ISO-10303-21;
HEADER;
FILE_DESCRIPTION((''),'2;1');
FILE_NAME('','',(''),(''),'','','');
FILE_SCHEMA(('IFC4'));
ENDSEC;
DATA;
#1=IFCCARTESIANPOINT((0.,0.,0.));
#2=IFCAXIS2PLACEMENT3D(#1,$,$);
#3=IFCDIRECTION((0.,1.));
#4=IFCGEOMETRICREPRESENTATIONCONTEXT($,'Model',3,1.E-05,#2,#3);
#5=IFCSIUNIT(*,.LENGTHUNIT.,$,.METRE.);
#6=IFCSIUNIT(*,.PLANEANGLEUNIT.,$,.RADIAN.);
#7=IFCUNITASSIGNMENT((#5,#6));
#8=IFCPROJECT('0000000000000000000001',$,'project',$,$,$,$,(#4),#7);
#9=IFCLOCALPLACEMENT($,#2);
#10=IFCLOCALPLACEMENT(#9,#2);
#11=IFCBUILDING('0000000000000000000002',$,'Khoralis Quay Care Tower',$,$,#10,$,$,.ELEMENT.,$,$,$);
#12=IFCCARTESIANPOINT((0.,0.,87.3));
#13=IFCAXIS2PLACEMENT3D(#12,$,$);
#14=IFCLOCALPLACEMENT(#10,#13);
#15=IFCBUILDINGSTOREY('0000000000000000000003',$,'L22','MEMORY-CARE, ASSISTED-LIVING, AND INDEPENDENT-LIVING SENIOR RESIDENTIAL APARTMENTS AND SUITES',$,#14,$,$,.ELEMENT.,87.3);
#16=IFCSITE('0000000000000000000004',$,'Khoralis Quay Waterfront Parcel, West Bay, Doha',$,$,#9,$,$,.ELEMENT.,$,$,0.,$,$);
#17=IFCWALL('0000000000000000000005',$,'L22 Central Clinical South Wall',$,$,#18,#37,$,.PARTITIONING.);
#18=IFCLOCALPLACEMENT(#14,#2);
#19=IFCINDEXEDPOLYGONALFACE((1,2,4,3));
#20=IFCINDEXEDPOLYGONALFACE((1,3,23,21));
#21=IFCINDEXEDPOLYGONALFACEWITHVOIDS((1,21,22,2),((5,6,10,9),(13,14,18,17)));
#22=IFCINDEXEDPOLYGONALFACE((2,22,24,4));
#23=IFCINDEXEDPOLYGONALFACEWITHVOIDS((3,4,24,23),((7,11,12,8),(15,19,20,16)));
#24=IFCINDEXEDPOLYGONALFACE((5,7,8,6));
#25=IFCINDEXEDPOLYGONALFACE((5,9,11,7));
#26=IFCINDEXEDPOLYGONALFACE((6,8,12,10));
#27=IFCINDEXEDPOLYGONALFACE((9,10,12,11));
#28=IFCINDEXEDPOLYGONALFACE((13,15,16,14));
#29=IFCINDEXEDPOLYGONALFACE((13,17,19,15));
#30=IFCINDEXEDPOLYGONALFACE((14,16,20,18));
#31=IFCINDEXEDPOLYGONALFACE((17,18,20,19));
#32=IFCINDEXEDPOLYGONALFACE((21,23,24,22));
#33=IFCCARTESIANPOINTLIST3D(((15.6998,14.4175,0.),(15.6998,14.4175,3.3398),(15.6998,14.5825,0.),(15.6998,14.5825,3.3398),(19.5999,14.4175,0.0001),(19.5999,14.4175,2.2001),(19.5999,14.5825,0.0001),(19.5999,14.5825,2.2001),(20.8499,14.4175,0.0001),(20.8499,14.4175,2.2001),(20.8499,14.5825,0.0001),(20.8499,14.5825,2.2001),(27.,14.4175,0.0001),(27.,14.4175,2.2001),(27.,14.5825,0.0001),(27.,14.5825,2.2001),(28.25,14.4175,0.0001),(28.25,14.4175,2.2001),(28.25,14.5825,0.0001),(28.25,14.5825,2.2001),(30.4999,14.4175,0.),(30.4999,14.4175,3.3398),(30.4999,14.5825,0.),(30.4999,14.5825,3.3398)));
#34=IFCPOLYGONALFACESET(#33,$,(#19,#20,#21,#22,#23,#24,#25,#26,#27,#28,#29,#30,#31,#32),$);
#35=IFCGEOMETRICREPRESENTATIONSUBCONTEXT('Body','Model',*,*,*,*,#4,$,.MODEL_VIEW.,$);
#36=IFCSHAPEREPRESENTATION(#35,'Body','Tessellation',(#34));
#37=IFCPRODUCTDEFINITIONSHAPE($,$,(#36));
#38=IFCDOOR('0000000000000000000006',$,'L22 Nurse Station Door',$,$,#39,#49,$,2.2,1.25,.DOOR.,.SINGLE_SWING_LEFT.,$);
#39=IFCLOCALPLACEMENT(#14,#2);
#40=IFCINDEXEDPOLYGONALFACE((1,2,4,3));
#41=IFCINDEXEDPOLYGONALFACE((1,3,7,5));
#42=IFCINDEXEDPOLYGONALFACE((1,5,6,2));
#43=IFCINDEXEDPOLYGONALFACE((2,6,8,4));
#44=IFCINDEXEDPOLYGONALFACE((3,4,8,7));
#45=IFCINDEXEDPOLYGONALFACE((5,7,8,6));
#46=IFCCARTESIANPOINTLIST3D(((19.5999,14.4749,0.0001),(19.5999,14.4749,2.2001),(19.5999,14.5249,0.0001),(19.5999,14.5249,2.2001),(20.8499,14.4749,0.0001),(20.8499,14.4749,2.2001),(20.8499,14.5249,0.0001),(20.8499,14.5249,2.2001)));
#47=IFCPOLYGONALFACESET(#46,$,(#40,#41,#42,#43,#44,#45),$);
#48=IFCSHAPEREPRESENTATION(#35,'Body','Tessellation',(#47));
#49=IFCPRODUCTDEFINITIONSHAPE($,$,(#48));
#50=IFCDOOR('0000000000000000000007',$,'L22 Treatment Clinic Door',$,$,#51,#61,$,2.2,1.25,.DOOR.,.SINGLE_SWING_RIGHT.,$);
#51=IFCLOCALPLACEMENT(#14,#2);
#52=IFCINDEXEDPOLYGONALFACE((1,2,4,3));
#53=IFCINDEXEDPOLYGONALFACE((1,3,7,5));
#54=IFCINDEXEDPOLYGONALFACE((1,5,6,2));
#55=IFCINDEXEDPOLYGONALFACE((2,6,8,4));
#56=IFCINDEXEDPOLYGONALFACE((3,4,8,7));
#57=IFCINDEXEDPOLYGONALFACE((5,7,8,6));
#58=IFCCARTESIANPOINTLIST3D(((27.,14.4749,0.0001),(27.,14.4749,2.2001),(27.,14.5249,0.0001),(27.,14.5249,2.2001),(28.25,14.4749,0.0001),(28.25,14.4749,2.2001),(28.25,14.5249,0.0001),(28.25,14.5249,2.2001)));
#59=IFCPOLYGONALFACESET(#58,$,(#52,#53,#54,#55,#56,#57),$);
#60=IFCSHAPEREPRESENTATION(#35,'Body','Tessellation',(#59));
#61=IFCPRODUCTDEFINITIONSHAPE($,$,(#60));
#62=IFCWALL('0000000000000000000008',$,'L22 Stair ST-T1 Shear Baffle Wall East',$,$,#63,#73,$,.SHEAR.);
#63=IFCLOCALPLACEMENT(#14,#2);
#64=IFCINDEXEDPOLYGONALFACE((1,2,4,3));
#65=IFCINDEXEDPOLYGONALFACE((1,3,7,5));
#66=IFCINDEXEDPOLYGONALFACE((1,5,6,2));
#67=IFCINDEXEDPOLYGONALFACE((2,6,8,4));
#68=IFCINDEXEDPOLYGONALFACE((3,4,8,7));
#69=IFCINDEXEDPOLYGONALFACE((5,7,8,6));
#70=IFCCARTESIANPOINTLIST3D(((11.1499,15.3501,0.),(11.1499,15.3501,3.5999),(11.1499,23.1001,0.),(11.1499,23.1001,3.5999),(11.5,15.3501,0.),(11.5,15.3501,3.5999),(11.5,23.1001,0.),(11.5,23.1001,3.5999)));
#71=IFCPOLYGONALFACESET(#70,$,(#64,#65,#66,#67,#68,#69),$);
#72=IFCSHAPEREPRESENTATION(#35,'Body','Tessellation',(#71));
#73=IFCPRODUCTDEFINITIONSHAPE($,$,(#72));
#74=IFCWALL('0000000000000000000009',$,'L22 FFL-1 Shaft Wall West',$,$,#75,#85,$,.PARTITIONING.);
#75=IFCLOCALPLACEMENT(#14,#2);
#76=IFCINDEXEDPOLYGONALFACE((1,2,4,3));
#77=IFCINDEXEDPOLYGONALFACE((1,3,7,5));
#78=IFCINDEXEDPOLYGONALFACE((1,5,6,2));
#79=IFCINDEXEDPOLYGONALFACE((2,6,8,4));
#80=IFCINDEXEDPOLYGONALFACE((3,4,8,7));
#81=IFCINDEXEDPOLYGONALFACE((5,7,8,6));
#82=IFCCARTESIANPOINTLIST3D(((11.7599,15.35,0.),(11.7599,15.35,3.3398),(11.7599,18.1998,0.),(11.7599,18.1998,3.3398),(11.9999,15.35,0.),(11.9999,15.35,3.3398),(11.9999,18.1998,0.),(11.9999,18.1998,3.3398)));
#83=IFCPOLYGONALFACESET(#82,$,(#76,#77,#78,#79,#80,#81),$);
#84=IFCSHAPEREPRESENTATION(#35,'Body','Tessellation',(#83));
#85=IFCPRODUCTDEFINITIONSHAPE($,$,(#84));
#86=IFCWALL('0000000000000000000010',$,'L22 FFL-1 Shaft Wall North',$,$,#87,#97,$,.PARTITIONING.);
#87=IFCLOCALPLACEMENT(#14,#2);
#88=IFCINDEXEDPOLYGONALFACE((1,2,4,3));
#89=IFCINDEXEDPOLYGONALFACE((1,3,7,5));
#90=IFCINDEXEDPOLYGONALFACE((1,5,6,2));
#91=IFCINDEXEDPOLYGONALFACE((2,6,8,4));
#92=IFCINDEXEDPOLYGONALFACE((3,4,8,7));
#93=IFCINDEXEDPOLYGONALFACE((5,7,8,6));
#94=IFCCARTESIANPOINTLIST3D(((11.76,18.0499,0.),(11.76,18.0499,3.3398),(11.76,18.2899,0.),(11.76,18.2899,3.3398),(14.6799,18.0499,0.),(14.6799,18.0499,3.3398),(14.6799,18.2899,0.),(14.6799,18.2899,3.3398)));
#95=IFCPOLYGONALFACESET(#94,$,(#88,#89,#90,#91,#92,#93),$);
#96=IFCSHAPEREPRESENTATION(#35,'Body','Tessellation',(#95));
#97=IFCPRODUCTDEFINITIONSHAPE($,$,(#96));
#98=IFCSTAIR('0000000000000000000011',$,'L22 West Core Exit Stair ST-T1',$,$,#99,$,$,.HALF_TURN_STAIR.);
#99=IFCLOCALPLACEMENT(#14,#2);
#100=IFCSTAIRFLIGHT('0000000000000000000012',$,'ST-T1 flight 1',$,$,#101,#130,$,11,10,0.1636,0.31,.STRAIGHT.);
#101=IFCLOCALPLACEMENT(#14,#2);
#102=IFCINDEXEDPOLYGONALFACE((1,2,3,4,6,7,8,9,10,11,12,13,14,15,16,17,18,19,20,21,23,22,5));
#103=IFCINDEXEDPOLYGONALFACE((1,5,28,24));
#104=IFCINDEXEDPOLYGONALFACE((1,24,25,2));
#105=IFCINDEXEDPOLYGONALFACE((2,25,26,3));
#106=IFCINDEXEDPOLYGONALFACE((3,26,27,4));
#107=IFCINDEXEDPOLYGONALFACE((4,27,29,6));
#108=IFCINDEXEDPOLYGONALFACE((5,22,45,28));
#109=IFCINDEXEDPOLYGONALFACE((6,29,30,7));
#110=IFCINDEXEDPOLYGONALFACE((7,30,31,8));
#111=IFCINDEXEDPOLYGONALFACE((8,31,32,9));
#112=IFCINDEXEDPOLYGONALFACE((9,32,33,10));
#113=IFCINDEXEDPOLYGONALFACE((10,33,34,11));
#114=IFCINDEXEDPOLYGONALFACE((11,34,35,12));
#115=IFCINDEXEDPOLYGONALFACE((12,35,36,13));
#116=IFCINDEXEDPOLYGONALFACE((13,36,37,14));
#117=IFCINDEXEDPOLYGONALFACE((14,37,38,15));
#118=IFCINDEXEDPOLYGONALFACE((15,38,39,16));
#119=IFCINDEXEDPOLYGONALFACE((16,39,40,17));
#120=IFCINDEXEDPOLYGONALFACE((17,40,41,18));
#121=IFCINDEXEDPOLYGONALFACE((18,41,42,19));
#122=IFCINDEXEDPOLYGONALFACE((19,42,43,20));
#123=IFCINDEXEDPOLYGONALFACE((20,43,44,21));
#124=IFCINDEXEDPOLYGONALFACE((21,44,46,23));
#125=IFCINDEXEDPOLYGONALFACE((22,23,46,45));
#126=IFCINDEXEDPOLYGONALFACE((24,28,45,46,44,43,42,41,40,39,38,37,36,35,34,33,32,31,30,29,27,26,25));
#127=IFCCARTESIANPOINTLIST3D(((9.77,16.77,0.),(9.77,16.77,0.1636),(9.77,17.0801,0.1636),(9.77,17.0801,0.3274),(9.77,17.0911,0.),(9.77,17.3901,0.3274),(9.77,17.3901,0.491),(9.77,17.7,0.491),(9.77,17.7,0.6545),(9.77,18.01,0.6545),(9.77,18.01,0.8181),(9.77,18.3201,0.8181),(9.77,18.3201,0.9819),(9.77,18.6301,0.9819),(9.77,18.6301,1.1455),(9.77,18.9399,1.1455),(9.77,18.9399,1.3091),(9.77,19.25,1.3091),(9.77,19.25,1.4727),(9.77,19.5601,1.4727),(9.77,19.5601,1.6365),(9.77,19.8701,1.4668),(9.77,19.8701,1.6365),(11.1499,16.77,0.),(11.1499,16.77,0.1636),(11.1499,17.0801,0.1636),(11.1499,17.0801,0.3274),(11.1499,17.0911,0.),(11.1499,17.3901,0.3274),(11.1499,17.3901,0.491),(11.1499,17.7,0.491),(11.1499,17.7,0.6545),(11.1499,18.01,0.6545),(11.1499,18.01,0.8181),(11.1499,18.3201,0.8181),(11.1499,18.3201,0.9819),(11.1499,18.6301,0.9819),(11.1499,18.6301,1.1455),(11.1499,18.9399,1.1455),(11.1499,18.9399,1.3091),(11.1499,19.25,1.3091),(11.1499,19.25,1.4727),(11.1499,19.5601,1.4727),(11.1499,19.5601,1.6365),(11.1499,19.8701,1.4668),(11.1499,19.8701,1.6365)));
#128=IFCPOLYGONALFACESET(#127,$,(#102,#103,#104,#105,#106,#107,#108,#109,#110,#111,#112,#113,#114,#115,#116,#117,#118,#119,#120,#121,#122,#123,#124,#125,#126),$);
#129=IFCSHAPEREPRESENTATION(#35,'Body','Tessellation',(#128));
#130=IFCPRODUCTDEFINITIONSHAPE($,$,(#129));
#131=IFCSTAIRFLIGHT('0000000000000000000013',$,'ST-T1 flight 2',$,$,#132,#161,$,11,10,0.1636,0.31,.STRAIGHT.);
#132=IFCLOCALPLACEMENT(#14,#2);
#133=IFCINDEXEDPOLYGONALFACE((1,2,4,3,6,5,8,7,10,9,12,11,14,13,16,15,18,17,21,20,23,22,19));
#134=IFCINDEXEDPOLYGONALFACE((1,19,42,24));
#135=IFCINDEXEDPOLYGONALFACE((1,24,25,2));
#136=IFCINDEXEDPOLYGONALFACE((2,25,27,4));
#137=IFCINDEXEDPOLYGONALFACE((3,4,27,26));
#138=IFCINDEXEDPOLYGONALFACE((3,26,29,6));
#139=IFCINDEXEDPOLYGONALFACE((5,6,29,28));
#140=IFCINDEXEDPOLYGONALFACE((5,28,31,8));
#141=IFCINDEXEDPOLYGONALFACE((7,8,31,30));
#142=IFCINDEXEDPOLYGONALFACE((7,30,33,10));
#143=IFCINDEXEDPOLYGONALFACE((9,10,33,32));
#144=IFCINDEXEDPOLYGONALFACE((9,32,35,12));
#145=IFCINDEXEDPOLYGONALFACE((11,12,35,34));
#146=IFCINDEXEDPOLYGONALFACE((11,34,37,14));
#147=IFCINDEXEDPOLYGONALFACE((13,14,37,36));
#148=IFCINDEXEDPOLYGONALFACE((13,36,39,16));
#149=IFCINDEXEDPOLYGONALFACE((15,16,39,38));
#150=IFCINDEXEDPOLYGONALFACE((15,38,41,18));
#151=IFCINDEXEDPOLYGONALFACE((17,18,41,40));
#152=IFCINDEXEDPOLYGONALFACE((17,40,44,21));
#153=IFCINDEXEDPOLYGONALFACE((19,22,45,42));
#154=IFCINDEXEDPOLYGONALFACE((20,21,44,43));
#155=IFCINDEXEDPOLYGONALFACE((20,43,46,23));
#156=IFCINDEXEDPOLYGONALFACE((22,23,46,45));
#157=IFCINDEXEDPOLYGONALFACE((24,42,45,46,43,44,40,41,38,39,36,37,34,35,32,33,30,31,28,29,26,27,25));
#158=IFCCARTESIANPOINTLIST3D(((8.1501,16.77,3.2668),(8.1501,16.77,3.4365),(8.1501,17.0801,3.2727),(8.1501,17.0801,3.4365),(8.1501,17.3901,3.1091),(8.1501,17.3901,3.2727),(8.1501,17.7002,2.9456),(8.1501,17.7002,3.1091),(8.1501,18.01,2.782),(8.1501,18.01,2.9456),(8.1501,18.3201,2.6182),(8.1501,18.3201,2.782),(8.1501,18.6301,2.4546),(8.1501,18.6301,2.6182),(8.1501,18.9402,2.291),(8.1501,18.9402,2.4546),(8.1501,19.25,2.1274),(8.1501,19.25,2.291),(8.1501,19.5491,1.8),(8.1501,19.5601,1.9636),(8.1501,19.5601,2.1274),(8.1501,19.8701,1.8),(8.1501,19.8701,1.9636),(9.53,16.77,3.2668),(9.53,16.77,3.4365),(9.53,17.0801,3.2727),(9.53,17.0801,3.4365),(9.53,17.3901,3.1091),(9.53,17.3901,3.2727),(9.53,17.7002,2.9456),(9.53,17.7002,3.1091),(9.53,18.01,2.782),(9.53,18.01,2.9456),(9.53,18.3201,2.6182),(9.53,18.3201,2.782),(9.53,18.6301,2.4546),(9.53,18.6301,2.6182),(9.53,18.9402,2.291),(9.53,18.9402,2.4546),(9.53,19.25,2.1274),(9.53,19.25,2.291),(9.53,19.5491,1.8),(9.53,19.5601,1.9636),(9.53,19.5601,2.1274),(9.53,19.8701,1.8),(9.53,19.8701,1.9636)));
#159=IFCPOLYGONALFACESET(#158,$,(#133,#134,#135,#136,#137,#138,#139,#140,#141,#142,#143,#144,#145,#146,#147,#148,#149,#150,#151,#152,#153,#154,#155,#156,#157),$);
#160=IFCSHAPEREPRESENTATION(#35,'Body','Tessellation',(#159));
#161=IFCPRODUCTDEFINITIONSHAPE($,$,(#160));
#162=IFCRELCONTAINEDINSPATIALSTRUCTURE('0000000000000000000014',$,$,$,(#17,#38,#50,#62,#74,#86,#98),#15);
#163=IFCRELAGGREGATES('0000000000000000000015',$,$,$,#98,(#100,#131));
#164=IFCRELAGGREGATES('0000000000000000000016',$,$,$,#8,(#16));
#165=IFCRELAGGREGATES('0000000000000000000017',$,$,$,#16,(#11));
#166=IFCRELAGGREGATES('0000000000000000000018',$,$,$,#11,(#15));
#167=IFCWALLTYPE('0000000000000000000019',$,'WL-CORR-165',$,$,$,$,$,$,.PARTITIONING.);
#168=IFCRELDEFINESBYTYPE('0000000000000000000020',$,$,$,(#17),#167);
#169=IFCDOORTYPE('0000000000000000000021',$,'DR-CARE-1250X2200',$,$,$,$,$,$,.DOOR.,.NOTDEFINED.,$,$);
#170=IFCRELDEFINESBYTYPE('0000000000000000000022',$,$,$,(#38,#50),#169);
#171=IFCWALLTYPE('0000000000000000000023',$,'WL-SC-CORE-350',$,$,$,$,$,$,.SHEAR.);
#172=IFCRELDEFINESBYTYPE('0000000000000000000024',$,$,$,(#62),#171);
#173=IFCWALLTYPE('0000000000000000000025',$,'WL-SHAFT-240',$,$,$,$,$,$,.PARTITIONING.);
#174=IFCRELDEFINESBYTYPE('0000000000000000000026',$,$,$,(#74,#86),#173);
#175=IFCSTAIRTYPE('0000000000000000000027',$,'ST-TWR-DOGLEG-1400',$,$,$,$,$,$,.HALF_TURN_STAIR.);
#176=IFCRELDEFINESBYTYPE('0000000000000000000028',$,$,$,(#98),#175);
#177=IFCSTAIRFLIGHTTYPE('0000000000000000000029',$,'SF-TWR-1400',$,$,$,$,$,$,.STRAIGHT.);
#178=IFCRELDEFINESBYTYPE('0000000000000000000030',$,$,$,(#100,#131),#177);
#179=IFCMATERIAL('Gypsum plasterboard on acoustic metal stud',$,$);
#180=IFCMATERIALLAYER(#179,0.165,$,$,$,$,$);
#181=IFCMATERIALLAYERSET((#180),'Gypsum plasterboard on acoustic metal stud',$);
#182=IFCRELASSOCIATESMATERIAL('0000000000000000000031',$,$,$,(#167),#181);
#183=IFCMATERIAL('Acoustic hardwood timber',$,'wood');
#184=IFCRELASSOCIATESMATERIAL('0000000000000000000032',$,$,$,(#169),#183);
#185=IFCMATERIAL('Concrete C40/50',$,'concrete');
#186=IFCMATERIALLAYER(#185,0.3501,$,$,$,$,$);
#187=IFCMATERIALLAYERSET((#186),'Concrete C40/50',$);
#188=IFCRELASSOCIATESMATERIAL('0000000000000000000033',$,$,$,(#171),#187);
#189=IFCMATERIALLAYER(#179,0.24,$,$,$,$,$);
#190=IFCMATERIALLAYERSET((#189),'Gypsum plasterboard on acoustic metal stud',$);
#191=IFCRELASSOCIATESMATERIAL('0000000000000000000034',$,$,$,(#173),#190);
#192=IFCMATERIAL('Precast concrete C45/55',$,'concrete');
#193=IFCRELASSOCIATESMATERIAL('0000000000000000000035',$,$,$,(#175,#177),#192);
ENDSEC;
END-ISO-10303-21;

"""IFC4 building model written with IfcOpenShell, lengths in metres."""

from ifc_helpers import new_model, si_unit, direction, frame, frame_2d, origin, place, context, subcontext, project, spatial, polyline, rectangle, outline, extrude, source, transform, mapped, material, layer, layer_set, type_object, element, fill, aggregate, save


model = new_model("IFC4")

# Units and contexts
model_context = context("Model", 3, precision=1e-05, world=origin(), true_north=direction((0.0, 1.0)))
body_context = subcontext(model_context, "Body", "Model", "MODEL_VIEW")
ifc_project = project(units=[si_unit("LENGTHUNIT", "METRE"), si_unit("PLANEANGLEUNIT", "RADIAN")], contexts=[model_context])

# Site, building, storey
site_placement = place(None, origin())
site = spatial("IfcSite", under=ifc_project, at=site_placement, Name="Khoralis Quay Waterfront Parcel, West Bay, Doha", CompositionType="ELEMENT", RefElevation=0.0)
building_placement = place(site_placement, origin())
building = spatial("IfcBuilding", under=site, at=building_placement, Name="Khoralis Quay Care Tower", CompositionType="ELEMENT")
storey_placement = place(building_placement, frame((0.0, 0.0, 87.3)))
storey = spatial("IfcBuildingStorey", under=building, at=storey_placement, Name="L22", Description="MEMORY-CARE, ASSISTED-LIVING, AND INDEPENDENT-LIVING SENIOR RESIDENTIAL APARTMENTS AND SUITES", CompositionType="ELEMENT", Elevation=87.3)

# Shared definitions
ifc_material_1 = material(Name="Gypsum plasterboard on acoustic metal stud")

# Wall, openings, doors
ifc_layer_1 = layer(ifc_material_1, 0.165)
ifc_layer_set_1 = layer_set([ifc_layer_1], Name="Gypsum plasterboard on acoustic metal stud")
wall_type_1 = type_object("IfcWallType", Name="WL-CORR-165", PredefinedType="PARTITIONING", material=ifc_layer_set_1)
wall_1_placement = place(storey_placement, frame((15.7, 14.5, 0.0), z_axis=(0.0, 0.0, 1.0), x_axis=(1.0, 0.0, 0.0)))
wall_1 = element("IfcWall", 1, at=wall_1_placement, inside=storey, type_object=wall_type_1, Name="L22 Central Clinical South Wall", PredefinedType="PARTITIONING", context=body_context, shape_type="SweptSolid", body=[
    extrude(rectangle(XDim=14.8, YDim=0.165, at=frame_2d((7.3999, 0.0))), origin(), (0.0, 0.0, 1.0), 3.3398),
])
opening_1_placement = place(wall_1_placement, frame((3.8999, 0.0, 0.0)))
opening_1 = element("IfcOpeningElement", 2, at=opening_1_placement, cuts=wall_1, PredefinedType="OPENING", context=body_context, shape_type="SweptSolid", body=[
    extrude(rectangle(XDim=1.25, YDim=2.2, at=frame_2d((0.625, 1.1001))), frame((0.0, 0.0925, 0.0), z_axis=(0.0, -1.0, 0.0), x_axis=(1.0, 0.0, 0.0)), (0.0, 0.0, 1.0), 0.1851),
])
opening_2_placement = place(wall_1_placement, frame((11.3, 0.0, 0.0)))
opening_2 = element("IfcOpeningElement", 3, at=opening_2_placement, cuts=wall_1, PredefinedType="OPENING", context=body_context, shape_type="SweptSolid", body=[
    extrude(rectangle(XDim=1.25, YDim=2.2, at=frame_2d((0.625, 1.1001))), frame((0.0, 0.0925, 0.0), z_axis=(0.0, -1.0, 0.0), x_axis=(1.0, 0.0, 0.0)), (0.0, 0.0, 1.0), 0.1851),
])
ifc_material_2 = material(Name="Acoustic hardwood timber", Category="wood")
door_type_1 = type_object("IfcDoorType", Name="DR-CARE-1250X2200", OperationType="NOTDEFINED", PredefinedType="DOOR", material=ifc_material_2)
shared_shape_1 = source(origin(), body_context, "Body", "SweptSolid", [
    extrude(rectangle(XDim=1.25, YDim=2.2, at=frame_2d((0.625, 1.1001))), frame((0.0, 0.0249, 0.0), z_axis=(0.0, -1.0, 0.0), x_axis=(1.0, 0.0, 0.0)), (0.0, 0.0, 1.0), 0.05),
])
door_1_placement = place(opening_1_placement, origin())
door_1 = element("IfcDoor", 4, at=door_1_placement, inside=storey, type_object=door_type_1, Name="L22 Nurse Station Door", OperationType="SINGLE_SWING_LEFT", OverallHeight=2.2, OverallWidth=1.25, PredefinedType="DOOR", context=body_context, shape_type="MappedRepresentation", body=[
    mapped(shared_shape_1, transform((0.0, 0.0, 0.0), scale=1.0)),
])
fill(opening_1, door_1)
door_2_placement = place(opening_2_placement, origin())
door_2 = element("IfcDoor", 5, at=door_2_placement, inside=storey, type_object=door_type_1, Name="L22 Treatment Clinic Door", OperationType="SINGLE_SWING_RIGHT", OverallHeight=2.2, OverallWidth=1.25, PredefinedType="DOOR", context=body_context, shape_type="MappedRepresentation", body=[
    mapped(shared_shape_1, transform((0.0, 0.0, 0.0), scale=1.0)),
])
fill(opening_2, door_2)

# Walls
ifc_material_3 = material(Name="Concrete C40/50", Category="concrete")
ifc_layer_2 = layer(ifc_material_3, 0.3501)
ifc_layer_set_2 = layer_set([ifc_layer_2], Name="Concrete C40/50")
wall_type_2 = type_object("IfcWallType", Name="WL-SC-CORE-350", PredefinedType="SHEAR", material=ifc_layer_set_2)
wall_2_placement = place(storey_placement, frame((11.325, 15.3501, 0.0), z_axis=(0.0, 0.0, 1.0), x_axis=(0.0, 1.0, 0.0)))
element("IfcWall", 6, at=wall_2_placement, inside=storey, type_object=wall_type_2, Name="L22 Stair ST-T1 Shear Baffle Wall East", PredefinedType="SHEAR", context=body_context, shape_type="SweptSolid", body=[
    extrude(rectangle(XDim=7.75, YDim=0.3501, at=frame_2d((3.875, 0.0))), origin(), (0.0, 0.0, 1.0), 3.5999),
])
ifc_layer_3 = layer(ifc_material_1, 0.24)
ifc_layer_set_3 = layer_set([ifc_layer_3], Name="Gypsum plasterboard on acoustic metal stud")
wall_type_3 = type_object("IfcWallType", Name="WL-SHAFT-240", PredefinedType="PARTITIONING", material=ifc_layer_set_3)
wall_3_placement = place(storey_placement, frame((11.8799, 15.3501, 0.0), z_axis=(0.0, 0.0, 1.0), x_axis=(0.0, 1.0, 0.0)))
element("IfcWall", 7, at=wall_3_placement, inside=storey, type_object=wall_type_3, Name="L22 FFL-1 Shaft Wall West", PredefinedType="PARTITIONING", context=body_context, shape_type="SweptSolid", body=[
    extrude(rectangle(XDim=2.8499, YDim=0.24, at=frame_2d((1.4248, 0.0))), origin(), (0.0, 0.0, 1.0), 3.3398),
])
wall_4_placement = place(storey_placement, frame((11.76, 18.1699, 0.0), z_axis=(0.0, 0.0, 1.0), x_axis=(1.0, 0.0, 0.0)))
element("IfcWall", 8, at=wall_4_placement, inside=storey, type_object=wall_type_3, Name="L22 FFL-1 Shaft Wall North", PredefinedType="PARTITIONING", context=body_context, shape_type="SweptSolid", body=[
    extrude(rectangle(XDim=2.9199, YDim=0.24, at=frame_2d((1.46, 0.0))), origin(), (0.0, 0.0, 1.0), 3.3398),
])

# Stair, stair flights
ifc_material_4 = material(Name="Precast concrete C45/55", Category="concrete")
stair_type = type_object("IfcStairType", Name="ST-TWR-DOGLEG-1400", PredefinedType="HALF_TURN_STAIR", material=ifc_material_4)
stair_placement = place(storey_placement, origin())
stair = element("IfcStair", 9, at=stair_placement, inside=storey, type_object=stair_type, Name="L22 West Core Exit Stair ST-T1", PredefinedType="HALF_TURN_STAIR")
stair_flight_type = type_object("IfcStairFlightType", Name="SF-TWR-1400", PredefinedType="STRAIGHT", material=ifc_material_4)
shared_shape_2 = source(origin(), body_context, "Body", "SweptSolid", [
    extrude(outline(polyline([(0.0, 0.0), (0.0, 0.1636), (0.3101, 0.1636), (0.3101, 0.3274), (0.6201, 0.3274), (0.6201, 0.491), (0.9299, 0.491), (0.9299, 0.6545), (1.24, 0.6545), (1.24, 0.8181), (1.55, 0.8181), (1.55, 0.9819), (1.8601, 0.9819), (1.8601, 1.1455), (2.1699, 1.1455), (2.1699, 1.3091), (2.48, 1.3091), (2.48, 1.4727), (2.79, 1.4727), (2.79, 1.6365), (3.1001, 1.6365), (3.1001, 1.8), (3.1001, 1.4668), (0.321, 0.0), (0.0, 0.0)])), frame((0.0, 0.6899, 0.0), z_axis=(0.0, -1.0, 0.0), x_axis=(1.0, 0.0, 0.0)), (0.0, 0.0, 1.0), 1.3799),
])
stair_flight_1_placement = place(storey_placement, frame((10.46, 16.77, 0.0), z_axis=(0.0, 0.0, 1.0), x_axis=(0.0, 1.0, 0.0)))
stair_flight_1 = element("IfcStairFlight", 10, at=stair_flight_1_placement, type_object=stair_flight_type, Name="ST-T1 flight 1", NumberOfRisers=11, NumberOfTreads=10, PredefinedType="STRAIGHT", RiserHeight=0.1636, TreadLength=0.31, context=body_context, shape_type="MappedRepresentation", body=[
    mapped(shared_shape_2, transform((0.0, 0.0, 0.0), scale=1.0)),
])
stair_flight_2_placement = place(storey_placement, frame((8.8401, 19.8701, 1.8), z_axis=(0.0, 0.0, 1.0), x_axis=(0.0, -1.0, 0.0)))
stair_flight_2 = element("IfcStairFlight", 11, at=stair_flight_2_placement, type_object=stair_flight_type, Name="ST-T1 flight 2", NumberOfRisers=11, NumberOfTreads=10, PredefinedType="STRAIGHT", RiserHeight=0.1636, TreadLength=0.31, context=body_context, shape_type="MappedRepresentation", body=[
    mapped(shared_shape_2, transform((0.0, 0.0, 0.0), scale=1.0)),
])
aggregate(stair, [stair_flight_1, stair_flight_2])

save(model, "model.ifc")
